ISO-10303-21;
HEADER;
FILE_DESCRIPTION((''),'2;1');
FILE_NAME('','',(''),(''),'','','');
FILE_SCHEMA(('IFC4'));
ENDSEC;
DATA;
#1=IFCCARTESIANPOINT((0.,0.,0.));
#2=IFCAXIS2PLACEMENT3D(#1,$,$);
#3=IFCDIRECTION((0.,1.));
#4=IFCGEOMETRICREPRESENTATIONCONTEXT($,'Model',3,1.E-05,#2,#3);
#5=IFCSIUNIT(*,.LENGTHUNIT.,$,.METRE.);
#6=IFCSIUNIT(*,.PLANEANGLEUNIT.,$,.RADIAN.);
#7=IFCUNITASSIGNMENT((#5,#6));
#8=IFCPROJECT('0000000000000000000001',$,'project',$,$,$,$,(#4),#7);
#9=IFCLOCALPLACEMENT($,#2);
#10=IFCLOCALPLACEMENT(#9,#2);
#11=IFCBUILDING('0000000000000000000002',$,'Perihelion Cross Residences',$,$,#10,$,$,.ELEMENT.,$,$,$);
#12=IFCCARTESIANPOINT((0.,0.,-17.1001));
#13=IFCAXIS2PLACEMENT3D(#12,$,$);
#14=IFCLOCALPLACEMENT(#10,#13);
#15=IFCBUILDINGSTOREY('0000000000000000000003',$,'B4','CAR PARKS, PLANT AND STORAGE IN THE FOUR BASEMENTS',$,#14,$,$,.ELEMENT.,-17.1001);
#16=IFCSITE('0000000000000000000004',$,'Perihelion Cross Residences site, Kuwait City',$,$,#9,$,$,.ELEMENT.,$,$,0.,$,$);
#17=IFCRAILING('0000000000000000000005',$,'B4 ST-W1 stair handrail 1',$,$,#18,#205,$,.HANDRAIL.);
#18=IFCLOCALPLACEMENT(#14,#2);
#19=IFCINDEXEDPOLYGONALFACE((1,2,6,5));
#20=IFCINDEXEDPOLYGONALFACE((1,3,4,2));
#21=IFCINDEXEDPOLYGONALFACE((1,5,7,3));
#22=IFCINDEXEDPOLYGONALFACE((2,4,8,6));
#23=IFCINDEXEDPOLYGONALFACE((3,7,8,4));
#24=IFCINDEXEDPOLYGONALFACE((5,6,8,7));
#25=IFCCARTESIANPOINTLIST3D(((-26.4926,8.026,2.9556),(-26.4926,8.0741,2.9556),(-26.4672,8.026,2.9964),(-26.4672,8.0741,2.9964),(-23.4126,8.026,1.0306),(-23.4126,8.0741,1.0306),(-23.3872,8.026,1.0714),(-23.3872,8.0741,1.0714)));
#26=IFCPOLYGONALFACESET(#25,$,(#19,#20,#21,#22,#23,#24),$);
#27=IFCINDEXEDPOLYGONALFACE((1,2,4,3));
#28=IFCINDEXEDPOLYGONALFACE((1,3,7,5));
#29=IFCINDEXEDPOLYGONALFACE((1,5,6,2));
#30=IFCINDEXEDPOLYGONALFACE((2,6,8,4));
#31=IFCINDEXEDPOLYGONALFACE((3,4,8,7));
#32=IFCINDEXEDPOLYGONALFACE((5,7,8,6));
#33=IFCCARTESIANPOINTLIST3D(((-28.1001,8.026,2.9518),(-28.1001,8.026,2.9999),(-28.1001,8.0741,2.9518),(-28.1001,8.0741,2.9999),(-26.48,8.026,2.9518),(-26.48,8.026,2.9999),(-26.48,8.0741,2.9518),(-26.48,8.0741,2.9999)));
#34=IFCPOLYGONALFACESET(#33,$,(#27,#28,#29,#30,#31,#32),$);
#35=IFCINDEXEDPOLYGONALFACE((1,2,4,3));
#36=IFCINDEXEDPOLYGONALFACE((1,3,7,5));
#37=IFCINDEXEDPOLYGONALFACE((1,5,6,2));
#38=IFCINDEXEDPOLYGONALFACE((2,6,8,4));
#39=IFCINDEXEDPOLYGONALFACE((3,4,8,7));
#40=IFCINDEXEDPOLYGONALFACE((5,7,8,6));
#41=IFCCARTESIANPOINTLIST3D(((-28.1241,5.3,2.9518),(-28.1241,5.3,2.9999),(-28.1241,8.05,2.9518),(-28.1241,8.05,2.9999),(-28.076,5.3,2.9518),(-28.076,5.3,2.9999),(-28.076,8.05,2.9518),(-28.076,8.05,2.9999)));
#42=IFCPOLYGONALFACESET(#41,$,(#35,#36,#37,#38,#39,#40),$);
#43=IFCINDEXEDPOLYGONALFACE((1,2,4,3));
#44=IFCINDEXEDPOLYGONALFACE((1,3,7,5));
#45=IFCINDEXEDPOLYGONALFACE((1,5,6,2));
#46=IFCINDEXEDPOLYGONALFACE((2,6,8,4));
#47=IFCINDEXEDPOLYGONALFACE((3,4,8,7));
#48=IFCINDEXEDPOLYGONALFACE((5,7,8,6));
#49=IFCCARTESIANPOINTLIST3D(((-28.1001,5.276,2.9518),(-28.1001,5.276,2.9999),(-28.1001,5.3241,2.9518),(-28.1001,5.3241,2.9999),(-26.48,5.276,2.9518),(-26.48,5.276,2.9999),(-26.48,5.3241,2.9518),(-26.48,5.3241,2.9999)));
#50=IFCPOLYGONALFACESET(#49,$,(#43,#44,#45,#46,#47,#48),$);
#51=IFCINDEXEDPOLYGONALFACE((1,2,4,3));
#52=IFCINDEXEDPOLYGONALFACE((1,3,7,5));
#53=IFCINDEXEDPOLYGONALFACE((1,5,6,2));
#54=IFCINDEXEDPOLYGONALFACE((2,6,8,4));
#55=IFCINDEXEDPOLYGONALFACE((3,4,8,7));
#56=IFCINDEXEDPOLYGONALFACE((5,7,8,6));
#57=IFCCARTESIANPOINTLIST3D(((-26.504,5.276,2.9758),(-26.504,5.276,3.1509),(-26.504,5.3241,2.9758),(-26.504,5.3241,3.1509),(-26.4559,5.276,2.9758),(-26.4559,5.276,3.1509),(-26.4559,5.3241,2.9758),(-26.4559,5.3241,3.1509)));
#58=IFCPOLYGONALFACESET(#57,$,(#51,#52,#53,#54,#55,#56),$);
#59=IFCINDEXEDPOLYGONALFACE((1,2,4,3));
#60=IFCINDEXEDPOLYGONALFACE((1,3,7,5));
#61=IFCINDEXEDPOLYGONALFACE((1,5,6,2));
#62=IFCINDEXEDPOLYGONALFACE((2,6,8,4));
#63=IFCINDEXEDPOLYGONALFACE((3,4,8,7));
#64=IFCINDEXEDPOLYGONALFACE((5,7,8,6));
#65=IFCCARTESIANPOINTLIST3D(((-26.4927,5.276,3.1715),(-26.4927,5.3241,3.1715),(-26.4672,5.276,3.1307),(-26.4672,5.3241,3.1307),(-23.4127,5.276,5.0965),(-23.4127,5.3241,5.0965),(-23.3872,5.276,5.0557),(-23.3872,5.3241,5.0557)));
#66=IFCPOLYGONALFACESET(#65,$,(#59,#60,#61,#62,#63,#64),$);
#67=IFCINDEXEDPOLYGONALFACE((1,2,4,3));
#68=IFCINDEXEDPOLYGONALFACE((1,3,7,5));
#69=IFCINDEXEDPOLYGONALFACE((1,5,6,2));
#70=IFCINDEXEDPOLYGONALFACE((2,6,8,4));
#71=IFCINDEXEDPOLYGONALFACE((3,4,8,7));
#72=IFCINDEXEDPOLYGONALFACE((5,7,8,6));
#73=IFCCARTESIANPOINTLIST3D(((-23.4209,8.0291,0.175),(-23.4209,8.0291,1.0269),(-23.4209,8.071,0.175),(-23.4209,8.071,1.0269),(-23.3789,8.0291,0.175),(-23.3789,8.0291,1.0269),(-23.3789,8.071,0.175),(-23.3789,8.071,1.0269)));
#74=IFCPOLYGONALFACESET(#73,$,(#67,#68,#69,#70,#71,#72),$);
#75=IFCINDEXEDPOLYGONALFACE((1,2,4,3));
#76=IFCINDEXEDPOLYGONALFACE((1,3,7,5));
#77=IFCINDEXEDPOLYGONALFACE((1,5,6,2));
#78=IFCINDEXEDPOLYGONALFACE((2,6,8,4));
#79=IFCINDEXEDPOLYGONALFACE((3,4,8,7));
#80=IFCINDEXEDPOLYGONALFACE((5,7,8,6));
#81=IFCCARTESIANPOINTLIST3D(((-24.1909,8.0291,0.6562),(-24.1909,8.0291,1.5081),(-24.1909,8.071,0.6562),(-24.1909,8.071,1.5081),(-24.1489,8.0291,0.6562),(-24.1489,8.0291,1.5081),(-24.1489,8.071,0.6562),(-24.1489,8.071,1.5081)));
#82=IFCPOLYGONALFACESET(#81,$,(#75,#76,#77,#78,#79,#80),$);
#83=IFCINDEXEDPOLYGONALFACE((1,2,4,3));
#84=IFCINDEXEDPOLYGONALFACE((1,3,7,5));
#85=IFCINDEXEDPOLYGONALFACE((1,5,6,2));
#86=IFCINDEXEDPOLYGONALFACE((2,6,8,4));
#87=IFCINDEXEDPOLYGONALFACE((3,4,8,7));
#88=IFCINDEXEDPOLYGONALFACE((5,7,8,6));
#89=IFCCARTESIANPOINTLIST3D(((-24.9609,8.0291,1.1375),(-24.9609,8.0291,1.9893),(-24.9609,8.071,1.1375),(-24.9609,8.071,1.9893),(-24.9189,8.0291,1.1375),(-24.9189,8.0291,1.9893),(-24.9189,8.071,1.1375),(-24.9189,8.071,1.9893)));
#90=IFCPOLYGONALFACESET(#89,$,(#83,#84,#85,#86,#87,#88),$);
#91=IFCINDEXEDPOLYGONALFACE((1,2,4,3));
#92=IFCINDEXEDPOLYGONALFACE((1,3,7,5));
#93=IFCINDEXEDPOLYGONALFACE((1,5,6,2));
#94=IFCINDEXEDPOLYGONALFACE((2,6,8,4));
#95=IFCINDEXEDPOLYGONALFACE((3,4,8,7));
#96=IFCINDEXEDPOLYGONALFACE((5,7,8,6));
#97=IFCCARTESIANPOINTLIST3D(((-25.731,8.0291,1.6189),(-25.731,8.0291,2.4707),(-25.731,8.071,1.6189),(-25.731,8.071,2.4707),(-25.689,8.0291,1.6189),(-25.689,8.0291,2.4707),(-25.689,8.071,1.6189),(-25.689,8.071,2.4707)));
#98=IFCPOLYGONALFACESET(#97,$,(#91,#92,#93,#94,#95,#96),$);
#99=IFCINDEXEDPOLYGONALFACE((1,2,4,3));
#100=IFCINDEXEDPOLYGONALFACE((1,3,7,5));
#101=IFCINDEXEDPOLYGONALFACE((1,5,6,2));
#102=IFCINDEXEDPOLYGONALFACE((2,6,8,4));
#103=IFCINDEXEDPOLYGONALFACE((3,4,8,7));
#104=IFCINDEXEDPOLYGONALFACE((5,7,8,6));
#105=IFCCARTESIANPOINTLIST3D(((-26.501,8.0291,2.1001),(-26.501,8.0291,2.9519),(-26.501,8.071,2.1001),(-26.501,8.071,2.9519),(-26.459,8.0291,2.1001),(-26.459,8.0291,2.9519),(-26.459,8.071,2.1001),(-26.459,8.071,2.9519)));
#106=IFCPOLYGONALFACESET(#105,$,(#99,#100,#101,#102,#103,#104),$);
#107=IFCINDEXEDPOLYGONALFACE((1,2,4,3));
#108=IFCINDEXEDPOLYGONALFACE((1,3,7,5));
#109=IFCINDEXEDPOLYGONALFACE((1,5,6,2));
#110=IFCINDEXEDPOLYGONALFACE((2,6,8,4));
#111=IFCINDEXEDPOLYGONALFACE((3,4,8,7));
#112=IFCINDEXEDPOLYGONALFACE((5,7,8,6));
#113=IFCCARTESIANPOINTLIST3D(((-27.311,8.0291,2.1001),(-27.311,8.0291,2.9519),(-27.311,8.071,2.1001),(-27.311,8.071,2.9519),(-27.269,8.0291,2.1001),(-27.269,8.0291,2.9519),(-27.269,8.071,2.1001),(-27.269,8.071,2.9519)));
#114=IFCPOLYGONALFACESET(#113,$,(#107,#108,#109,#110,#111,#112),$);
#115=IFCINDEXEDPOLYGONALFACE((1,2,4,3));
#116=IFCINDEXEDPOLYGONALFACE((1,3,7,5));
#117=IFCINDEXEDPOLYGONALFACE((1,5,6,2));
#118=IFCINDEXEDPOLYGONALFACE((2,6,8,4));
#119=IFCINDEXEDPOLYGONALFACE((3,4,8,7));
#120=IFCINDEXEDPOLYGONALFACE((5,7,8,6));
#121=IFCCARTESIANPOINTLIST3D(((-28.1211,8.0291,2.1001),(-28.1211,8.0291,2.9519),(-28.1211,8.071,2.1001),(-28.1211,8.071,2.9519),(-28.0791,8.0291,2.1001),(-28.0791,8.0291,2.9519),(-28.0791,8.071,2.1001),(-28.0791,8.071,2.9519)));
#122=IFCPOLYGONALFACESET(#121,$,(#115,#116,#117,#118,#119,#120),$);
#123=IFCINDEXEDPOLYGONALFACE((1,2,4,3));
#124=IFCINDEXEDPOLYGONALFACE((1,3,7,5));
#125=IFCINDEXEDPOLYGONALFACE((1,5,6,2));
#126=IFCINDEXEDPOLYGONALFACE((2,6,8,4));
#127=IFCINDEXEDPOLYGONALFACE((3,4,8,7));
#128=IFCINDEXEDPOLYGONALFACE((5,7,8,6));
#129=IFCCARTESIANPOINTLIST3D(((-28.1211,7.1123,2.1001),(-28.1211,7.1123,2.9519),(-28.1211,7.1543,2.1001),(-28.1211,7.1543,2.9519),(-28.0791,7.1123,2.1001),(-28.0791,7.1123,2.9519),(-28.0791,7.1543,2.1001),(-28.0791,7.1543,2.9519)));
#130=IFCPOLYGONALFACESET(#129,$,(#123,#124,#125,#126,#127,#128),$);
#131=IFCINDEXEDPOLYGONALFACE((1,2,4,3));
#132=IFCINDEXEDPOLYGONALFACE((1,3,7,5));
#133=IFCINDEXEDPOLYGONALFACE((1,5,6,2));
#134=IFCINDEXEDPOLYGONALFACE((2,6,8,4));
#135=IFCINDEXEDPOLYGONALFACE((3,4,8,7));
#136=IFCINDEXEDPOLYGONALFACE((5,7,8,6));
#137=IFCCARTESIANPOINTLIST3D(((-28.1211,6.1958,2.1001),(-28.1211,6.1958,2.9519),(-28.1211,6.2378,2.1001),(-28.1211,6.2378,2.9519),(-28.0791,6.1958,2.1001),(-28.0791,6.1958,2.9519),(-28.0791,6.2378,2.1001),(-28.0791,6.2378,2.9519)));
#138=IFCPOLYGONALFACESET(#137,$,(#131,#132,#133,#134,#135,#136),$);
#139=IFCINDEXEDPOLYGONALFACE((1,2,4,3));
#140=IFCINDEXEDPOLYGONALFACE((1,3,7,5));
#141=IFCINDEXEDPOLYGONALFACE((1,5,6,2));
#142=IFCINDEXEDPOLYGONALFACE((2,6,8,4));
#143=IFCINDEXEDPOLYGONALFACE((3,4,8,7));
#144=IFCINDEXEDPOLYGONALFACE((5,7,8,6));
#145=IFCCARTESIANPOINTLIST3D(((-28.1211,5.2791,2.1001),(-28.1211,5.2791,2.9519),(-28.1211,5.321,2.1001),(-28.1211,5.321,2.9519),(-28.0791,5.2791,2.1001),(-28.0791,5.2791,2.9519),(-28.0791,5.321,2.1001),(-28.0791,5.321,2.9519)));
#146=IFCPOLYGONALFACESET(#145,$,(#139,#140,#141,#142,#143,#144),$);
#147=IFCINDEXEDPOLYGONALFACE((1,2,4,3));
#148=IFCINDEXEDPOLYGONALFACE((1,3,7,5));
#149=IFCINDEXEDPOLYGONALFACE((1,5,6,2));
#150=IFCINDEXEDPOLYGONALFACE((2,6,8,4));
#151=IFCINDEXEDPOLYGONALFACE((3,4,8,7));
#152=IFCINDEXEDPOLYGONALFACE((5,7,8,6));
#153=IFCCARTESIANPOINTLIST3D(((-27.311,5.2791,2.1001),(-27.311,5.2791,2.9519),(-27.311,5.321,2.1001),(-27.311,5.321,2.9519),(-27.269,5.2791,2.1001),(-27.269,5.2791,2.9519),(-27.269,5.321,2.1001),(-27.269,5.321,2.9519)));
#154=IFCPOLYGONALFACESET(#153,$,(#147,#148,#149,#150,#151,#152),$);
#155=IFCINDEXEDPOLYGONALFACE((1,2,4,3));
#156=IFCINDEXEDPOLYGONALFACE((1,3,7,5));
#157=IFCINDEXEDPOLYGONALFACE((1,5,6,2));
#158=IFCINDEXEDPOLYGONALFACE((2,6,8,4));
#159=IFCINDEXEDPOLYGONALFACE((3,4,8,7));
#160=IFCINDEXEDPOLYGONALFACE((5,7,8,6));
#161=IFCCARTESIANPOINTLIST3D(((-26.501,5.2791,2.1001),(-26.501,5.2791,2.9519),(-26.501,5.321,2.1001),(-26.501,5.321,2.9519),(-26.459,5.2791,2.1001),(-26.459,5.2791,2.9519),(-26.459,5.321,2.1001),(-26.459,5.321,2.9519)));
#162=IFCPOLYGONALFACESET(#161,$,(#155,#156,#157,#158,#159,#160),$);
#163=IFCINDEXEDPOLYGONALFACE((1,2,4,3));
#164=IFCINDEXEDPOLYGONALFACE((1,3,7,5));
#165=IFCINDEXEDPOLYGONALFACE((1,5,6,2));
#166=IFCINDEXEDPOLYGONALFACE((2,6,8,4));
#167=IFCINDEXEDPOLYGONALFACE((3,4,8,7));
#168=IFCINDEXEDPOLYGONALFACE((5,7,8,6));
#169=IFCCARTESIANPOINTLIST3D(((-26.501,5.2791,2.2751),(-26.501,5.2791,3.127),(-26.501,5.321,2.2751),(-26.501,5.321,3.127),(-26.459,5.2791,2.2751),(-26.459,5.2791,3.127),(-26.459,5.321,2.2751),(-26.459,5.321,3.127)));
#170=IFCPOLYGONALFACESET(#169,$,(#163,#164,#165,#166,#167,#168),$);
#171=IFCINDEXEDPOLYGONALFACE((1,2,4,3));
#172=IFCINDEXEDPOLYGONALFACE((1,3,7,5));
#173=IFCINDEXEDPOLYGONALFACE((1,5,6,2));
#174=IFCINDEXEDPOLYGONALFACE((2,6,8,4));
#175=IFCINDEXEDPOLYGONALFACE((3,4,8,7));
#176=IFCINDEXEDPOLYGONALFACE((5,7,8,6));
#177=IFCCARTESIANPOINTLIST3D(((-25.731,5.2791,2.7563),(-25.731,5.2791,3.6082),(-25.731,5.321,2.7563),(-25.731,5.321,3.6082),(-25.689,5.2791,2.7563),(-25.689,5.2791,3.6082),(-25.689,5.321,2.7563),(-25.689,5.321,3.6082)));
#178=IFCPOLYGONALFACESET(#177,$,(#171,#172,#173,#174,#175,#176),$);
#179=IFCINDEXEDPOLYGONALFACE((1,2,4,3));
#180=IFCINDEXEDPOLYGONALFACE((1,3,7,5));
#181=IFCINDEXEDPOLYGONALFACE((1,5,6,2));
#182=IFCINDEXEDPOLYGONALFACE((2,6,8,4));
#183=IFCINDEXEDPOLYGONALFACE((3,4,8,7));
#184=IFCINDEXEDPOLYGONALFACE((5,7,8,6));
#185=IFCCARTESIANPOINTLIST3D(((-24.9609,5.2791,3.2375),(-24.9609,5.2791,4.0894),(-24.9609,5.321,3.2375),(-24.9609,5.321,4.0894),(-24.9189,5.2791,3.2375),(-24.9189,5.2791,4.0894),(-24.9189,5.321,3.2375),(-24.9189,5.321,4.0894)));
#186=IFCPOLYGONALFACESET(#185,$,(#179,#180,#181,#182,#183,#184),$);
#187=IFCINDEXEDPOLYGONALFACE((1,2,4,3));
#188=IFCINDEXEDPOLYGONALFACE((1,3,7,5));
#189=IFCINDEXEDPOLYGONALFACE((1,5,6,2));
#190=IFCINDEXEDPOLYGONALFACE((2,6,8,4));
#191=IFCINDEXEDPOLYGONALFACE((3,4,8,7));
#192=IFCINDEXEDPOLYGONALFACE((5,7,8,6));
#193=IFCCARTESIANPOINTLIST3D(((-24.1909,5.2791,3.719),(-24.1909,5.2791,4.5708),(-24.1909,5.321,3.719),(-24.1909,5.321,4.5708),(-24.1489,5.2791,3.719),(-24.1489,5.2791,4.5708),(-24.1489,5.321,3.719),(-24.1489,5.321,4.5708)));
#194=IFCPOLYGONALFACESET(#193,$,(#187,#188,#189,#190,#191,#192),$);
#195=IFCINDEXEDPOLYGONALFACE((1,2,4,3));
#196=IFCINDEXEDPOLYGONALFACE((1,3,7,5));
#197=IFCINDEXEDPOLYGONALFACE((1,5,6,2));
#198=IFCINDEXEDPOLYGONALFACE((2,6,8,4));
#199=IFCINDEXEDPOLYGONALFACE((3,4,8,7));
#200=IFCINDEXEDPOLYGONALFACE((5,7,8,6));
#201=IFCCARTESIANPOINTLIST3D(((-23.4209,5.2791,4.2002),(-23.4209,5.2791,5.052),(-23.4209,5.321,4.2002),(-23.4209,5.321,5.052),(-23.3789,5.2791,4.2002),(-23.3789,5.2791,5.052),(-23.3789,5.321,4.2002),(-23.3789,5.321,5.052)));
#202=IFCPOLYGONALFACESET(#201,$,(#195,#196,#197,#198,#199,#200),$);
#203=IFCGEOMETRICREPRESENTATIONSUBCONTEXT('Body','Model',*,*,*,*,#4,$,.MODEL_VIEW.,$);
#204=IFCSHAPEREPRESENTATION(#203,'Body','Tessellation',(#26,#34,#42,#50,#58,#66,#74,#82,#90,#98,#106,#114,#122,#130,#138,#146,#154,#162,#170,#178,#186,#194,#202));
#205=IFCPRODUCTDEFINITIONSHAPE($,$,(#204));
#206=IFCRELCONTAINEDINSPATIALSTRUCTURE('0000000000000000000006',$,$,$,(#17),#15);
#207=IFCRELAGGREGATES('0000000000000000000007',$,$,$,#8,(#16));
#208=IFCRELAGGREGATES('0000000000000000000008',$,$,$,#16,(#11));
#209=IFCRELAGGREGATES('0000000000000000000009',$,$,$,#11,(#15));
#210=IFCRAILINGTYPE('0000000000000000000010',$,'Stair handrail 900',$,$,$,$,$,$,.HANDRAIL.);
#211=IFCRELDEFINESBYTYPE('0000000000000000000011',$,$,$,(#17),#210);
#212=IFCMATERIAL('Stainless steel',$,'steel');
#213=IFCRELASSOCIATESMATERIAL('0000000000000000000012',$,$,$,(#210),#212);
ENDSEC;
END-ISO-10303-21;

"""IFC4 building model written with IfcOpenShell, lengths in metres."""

from ifc_helpers import new_model, si_unit, direction, frame, origin, origin_2d, place, context, subcontext, project, spatial, rectangle, extrude, material, type_object, element, save


model = new_model("IFC4")

# Units and contexts
model_context = context("Model", 3, precision=1e-05, world=origin(), true_north=direction((0.0, 1.0)))
body_context = subcontext(model_context, "Body", "Model", "MODEL_VIEW")
ifc_project = project(units=[si_unit("LENGTHUNIT", "METRE"), si_unit("PLANEANGLEUNIT", "RADIAN")], contexts=[model_context])

# Site, building, storey
site_placement = place(None, origin())
site = spatial("IfcSite", under=ifc_project, at=site_placement, Name="Perihelion Cross Residences site, Kuwait City", CompositionType="ELEMENT", RefElevation=0.0)
building_placement = place(site_placement, origin())
building = spatial("IfcBuilding", under=site, at=building_placement, Name="Perihelion Cross Residences", CompositionType="ELEMENT")
storey_placement = place(building_placement, frame((0.0, 0.0, -17.1001)))
storey = spatial("IfcBuildingStorey", under=building, at=storey_placement, Name="B4", Description="CAR PARKS, PLANT AND STORAGE IN THE FOUR BASEMENTS", CompositionType="ELEMENT", Elevation=-17.1001)

# Railing
ifc_material_1 = material(Name="Stainless steel", Category="steel")
railing_type = type_object("IfcRailingType", Name="Stair handrail 900", PredefinedType="HANDRAIL", material=ifc_material_1)
railing_placement = place(storey_placement, frame((-23.3999, 8.05, 0.175)))
element("IfcRailing", 1, at=railing_placement, inside=storey, type_object=railing_type, Name="B4 ST-W1 stair handrail 1", PredefinedType="HANDRAIL", context=body_context, shape_type="SweptSolid", body=[
    extrude(rectangle(XDim=0.0481, YDim=0.0481, at=origin_2d()), frame((0.0, 0.0, 0.876), z_axis=(-0.847998, 0.0, 0.529999), x_axis=(0.0, -1.0, 0.0)), (0.0, 0.0, 1.0), 3.6321),
    extrude(rectangle(XDim=0.0481, YDim=0.0481, at=origin_2d()), frame((-3.0801, 0.0, 2.8008), z_axis=(-1.0, 0.0, 0.0), x_axis=(0.0, -1.0, 0.0)), (0.0, 0.0, 1.0), 1.6201),
    extrude(rectangle(XDim=0.0481, YDim=0.0481, at=origin_2d()), frame((-4.7002, 0.0, 2.8008), z_axis=(0.0, -1.0, 0.0), x_axis=(1.0, 0.0, 0.0)), (0.0, 0.0, 1.0), 2.75),
    extrude(rectangle(XDim=0.0481, YDim=0.0481, at=origin_2d()), frame((-4.7002, -2.75, 2.8008), z_axis=(1.0, 0.0, 0.0), x_axis=(0.0, 1.0, 0.0)), (0.0, 0.0, 1.0), 1.6201),
    extrude(rectangle(XDim=0.0481, YDim=0.0481, at=origin_2d()), frame((-3.0801, -2.75, 2.8008), z_axis=(0.0, 0.0, 1.0), x_axis=(1.0, 0.0, 0.0)), (0.0, 0.0, 1.0), 0.175),
    extrude(rectangle(XDim=0.0481, YDim=0.0481, at=origin_2d()), frame((-3.0801, -2.75, 2.9761), z_axis=(0.847998, 0.0, 0.529999), x_axis=(0.0, 1.0, 0.0)), (0.0, 0.0, 1.0), 3.6321),
    extrude(rectangle(XDim=0.042, YDim=0.042, at=origin_2d()), origin(), (0.0, 0.0, 1.0), 0.8518),
    extrude(rectangle(XDim=0.042, YDim=0.042, at=origin_2d()), frame((-0.77, 0.0, 0.4812)), (0.0, 0.0, 1.0), 0.8518),
    extrude(rectangle(XDim=0.042, YDim=0.042, at=origin_2d()), frame((-1.54, 0.0, 0.9624)), (0.0, 0.0, 1.0), 0.8518),
    extrude(rectangle(XDim=0.042, YDim=0.042, at=origin_2d()), frame((-2.3101, 0.0, 1.4438)), (0.0, 0.0, 1.0), 0.8518),
    extrude(rectangle(XDim=0.042, YDim=0.042, at=origin_2d()), frame((-3.0801, 0.0, 1.925)), (0.0, 0.0, 1.0), 0.8518),
    extrude(rectangle(XDim=0.042, YDim=0.042, at=origin_2d()), frame((-3.8901, 0.0, 1.925)), (0.0, 0.0, 1.0), 0.8518),
    extrude(rectangle(XDim=0.042, YDim=0.042, at=origin_2d()), frame((-4.7002, 0.0, 1.925)), (0.0, 0.0, 1.0), 0.8518),
    extrude(rectangle(XDim=0.042, YDim=0.042, at=origin_2d()), frame((-4.7002, -0.9167, 1.925)), (0.0, 0.0, 1.0), 0.8518),
    extrude(rectangle(XDim=0.042, YDim=0.042, at=origin_2d()), frame((-4.7002, -1.8333, 1.925)), (0.0, 0.0, 1.0), 0.8518),
    extrude(rectangle(XDim=0.042, YDim=0.042, at=origin_2d()), frame((-4.7002, -2.75, 1.925)), (0.0, 0.0, 1.0), 0.8518),
    extrude(rectangle(XDim=0.042, YDim=0.042, at=origin_2d()), frame((-3.8901, -2.75, 1.925)), (0.0, 0.0, 1.0), 0.8518),
    extrude(rectangle(XDim=0.042, YDim=0.042, at=origin_2d()), frame((-3.0801, -2.75, 1.925)), (0.0, 0.0, 1.0), 0.8518),
    extrude(rectangle(XDim=0.042, YDim=0.042, at=origin_2d()), frame((-3.0801, -2.75, 2.1001)), (0.0, 0.0, 1.0), 0.8518),
    extrude(rectangle(XDim=0.042, YDim=0.042, at=origin_2d()), frame((-2.3101, -2.75, 2.5813)), (0.0, 0.0, 1.0), 0.8518),
    extrude(rectangle(XDim=0.042, YDim=0.042, at=origin_2d()), frame((-1.54, -2.75, 3.0625)), (0.0, 0.0, 1.0), 0.8518),
    extrude(rectangle(XDim=0.042, YDim=0.042, at=origin_2d()), frame((-0.77, -2.75, 3.5439)), (0.0, 0.0, 1.0), 0.8518),
    extrude(rectangle(XDim=0.042, YDim=0.042, at=origin_2d()), frame((0.0, -2.75, 4.0251)), (0.0, 0.0, 1.0), 0.8518),
])

save(model, "model.ifc")
